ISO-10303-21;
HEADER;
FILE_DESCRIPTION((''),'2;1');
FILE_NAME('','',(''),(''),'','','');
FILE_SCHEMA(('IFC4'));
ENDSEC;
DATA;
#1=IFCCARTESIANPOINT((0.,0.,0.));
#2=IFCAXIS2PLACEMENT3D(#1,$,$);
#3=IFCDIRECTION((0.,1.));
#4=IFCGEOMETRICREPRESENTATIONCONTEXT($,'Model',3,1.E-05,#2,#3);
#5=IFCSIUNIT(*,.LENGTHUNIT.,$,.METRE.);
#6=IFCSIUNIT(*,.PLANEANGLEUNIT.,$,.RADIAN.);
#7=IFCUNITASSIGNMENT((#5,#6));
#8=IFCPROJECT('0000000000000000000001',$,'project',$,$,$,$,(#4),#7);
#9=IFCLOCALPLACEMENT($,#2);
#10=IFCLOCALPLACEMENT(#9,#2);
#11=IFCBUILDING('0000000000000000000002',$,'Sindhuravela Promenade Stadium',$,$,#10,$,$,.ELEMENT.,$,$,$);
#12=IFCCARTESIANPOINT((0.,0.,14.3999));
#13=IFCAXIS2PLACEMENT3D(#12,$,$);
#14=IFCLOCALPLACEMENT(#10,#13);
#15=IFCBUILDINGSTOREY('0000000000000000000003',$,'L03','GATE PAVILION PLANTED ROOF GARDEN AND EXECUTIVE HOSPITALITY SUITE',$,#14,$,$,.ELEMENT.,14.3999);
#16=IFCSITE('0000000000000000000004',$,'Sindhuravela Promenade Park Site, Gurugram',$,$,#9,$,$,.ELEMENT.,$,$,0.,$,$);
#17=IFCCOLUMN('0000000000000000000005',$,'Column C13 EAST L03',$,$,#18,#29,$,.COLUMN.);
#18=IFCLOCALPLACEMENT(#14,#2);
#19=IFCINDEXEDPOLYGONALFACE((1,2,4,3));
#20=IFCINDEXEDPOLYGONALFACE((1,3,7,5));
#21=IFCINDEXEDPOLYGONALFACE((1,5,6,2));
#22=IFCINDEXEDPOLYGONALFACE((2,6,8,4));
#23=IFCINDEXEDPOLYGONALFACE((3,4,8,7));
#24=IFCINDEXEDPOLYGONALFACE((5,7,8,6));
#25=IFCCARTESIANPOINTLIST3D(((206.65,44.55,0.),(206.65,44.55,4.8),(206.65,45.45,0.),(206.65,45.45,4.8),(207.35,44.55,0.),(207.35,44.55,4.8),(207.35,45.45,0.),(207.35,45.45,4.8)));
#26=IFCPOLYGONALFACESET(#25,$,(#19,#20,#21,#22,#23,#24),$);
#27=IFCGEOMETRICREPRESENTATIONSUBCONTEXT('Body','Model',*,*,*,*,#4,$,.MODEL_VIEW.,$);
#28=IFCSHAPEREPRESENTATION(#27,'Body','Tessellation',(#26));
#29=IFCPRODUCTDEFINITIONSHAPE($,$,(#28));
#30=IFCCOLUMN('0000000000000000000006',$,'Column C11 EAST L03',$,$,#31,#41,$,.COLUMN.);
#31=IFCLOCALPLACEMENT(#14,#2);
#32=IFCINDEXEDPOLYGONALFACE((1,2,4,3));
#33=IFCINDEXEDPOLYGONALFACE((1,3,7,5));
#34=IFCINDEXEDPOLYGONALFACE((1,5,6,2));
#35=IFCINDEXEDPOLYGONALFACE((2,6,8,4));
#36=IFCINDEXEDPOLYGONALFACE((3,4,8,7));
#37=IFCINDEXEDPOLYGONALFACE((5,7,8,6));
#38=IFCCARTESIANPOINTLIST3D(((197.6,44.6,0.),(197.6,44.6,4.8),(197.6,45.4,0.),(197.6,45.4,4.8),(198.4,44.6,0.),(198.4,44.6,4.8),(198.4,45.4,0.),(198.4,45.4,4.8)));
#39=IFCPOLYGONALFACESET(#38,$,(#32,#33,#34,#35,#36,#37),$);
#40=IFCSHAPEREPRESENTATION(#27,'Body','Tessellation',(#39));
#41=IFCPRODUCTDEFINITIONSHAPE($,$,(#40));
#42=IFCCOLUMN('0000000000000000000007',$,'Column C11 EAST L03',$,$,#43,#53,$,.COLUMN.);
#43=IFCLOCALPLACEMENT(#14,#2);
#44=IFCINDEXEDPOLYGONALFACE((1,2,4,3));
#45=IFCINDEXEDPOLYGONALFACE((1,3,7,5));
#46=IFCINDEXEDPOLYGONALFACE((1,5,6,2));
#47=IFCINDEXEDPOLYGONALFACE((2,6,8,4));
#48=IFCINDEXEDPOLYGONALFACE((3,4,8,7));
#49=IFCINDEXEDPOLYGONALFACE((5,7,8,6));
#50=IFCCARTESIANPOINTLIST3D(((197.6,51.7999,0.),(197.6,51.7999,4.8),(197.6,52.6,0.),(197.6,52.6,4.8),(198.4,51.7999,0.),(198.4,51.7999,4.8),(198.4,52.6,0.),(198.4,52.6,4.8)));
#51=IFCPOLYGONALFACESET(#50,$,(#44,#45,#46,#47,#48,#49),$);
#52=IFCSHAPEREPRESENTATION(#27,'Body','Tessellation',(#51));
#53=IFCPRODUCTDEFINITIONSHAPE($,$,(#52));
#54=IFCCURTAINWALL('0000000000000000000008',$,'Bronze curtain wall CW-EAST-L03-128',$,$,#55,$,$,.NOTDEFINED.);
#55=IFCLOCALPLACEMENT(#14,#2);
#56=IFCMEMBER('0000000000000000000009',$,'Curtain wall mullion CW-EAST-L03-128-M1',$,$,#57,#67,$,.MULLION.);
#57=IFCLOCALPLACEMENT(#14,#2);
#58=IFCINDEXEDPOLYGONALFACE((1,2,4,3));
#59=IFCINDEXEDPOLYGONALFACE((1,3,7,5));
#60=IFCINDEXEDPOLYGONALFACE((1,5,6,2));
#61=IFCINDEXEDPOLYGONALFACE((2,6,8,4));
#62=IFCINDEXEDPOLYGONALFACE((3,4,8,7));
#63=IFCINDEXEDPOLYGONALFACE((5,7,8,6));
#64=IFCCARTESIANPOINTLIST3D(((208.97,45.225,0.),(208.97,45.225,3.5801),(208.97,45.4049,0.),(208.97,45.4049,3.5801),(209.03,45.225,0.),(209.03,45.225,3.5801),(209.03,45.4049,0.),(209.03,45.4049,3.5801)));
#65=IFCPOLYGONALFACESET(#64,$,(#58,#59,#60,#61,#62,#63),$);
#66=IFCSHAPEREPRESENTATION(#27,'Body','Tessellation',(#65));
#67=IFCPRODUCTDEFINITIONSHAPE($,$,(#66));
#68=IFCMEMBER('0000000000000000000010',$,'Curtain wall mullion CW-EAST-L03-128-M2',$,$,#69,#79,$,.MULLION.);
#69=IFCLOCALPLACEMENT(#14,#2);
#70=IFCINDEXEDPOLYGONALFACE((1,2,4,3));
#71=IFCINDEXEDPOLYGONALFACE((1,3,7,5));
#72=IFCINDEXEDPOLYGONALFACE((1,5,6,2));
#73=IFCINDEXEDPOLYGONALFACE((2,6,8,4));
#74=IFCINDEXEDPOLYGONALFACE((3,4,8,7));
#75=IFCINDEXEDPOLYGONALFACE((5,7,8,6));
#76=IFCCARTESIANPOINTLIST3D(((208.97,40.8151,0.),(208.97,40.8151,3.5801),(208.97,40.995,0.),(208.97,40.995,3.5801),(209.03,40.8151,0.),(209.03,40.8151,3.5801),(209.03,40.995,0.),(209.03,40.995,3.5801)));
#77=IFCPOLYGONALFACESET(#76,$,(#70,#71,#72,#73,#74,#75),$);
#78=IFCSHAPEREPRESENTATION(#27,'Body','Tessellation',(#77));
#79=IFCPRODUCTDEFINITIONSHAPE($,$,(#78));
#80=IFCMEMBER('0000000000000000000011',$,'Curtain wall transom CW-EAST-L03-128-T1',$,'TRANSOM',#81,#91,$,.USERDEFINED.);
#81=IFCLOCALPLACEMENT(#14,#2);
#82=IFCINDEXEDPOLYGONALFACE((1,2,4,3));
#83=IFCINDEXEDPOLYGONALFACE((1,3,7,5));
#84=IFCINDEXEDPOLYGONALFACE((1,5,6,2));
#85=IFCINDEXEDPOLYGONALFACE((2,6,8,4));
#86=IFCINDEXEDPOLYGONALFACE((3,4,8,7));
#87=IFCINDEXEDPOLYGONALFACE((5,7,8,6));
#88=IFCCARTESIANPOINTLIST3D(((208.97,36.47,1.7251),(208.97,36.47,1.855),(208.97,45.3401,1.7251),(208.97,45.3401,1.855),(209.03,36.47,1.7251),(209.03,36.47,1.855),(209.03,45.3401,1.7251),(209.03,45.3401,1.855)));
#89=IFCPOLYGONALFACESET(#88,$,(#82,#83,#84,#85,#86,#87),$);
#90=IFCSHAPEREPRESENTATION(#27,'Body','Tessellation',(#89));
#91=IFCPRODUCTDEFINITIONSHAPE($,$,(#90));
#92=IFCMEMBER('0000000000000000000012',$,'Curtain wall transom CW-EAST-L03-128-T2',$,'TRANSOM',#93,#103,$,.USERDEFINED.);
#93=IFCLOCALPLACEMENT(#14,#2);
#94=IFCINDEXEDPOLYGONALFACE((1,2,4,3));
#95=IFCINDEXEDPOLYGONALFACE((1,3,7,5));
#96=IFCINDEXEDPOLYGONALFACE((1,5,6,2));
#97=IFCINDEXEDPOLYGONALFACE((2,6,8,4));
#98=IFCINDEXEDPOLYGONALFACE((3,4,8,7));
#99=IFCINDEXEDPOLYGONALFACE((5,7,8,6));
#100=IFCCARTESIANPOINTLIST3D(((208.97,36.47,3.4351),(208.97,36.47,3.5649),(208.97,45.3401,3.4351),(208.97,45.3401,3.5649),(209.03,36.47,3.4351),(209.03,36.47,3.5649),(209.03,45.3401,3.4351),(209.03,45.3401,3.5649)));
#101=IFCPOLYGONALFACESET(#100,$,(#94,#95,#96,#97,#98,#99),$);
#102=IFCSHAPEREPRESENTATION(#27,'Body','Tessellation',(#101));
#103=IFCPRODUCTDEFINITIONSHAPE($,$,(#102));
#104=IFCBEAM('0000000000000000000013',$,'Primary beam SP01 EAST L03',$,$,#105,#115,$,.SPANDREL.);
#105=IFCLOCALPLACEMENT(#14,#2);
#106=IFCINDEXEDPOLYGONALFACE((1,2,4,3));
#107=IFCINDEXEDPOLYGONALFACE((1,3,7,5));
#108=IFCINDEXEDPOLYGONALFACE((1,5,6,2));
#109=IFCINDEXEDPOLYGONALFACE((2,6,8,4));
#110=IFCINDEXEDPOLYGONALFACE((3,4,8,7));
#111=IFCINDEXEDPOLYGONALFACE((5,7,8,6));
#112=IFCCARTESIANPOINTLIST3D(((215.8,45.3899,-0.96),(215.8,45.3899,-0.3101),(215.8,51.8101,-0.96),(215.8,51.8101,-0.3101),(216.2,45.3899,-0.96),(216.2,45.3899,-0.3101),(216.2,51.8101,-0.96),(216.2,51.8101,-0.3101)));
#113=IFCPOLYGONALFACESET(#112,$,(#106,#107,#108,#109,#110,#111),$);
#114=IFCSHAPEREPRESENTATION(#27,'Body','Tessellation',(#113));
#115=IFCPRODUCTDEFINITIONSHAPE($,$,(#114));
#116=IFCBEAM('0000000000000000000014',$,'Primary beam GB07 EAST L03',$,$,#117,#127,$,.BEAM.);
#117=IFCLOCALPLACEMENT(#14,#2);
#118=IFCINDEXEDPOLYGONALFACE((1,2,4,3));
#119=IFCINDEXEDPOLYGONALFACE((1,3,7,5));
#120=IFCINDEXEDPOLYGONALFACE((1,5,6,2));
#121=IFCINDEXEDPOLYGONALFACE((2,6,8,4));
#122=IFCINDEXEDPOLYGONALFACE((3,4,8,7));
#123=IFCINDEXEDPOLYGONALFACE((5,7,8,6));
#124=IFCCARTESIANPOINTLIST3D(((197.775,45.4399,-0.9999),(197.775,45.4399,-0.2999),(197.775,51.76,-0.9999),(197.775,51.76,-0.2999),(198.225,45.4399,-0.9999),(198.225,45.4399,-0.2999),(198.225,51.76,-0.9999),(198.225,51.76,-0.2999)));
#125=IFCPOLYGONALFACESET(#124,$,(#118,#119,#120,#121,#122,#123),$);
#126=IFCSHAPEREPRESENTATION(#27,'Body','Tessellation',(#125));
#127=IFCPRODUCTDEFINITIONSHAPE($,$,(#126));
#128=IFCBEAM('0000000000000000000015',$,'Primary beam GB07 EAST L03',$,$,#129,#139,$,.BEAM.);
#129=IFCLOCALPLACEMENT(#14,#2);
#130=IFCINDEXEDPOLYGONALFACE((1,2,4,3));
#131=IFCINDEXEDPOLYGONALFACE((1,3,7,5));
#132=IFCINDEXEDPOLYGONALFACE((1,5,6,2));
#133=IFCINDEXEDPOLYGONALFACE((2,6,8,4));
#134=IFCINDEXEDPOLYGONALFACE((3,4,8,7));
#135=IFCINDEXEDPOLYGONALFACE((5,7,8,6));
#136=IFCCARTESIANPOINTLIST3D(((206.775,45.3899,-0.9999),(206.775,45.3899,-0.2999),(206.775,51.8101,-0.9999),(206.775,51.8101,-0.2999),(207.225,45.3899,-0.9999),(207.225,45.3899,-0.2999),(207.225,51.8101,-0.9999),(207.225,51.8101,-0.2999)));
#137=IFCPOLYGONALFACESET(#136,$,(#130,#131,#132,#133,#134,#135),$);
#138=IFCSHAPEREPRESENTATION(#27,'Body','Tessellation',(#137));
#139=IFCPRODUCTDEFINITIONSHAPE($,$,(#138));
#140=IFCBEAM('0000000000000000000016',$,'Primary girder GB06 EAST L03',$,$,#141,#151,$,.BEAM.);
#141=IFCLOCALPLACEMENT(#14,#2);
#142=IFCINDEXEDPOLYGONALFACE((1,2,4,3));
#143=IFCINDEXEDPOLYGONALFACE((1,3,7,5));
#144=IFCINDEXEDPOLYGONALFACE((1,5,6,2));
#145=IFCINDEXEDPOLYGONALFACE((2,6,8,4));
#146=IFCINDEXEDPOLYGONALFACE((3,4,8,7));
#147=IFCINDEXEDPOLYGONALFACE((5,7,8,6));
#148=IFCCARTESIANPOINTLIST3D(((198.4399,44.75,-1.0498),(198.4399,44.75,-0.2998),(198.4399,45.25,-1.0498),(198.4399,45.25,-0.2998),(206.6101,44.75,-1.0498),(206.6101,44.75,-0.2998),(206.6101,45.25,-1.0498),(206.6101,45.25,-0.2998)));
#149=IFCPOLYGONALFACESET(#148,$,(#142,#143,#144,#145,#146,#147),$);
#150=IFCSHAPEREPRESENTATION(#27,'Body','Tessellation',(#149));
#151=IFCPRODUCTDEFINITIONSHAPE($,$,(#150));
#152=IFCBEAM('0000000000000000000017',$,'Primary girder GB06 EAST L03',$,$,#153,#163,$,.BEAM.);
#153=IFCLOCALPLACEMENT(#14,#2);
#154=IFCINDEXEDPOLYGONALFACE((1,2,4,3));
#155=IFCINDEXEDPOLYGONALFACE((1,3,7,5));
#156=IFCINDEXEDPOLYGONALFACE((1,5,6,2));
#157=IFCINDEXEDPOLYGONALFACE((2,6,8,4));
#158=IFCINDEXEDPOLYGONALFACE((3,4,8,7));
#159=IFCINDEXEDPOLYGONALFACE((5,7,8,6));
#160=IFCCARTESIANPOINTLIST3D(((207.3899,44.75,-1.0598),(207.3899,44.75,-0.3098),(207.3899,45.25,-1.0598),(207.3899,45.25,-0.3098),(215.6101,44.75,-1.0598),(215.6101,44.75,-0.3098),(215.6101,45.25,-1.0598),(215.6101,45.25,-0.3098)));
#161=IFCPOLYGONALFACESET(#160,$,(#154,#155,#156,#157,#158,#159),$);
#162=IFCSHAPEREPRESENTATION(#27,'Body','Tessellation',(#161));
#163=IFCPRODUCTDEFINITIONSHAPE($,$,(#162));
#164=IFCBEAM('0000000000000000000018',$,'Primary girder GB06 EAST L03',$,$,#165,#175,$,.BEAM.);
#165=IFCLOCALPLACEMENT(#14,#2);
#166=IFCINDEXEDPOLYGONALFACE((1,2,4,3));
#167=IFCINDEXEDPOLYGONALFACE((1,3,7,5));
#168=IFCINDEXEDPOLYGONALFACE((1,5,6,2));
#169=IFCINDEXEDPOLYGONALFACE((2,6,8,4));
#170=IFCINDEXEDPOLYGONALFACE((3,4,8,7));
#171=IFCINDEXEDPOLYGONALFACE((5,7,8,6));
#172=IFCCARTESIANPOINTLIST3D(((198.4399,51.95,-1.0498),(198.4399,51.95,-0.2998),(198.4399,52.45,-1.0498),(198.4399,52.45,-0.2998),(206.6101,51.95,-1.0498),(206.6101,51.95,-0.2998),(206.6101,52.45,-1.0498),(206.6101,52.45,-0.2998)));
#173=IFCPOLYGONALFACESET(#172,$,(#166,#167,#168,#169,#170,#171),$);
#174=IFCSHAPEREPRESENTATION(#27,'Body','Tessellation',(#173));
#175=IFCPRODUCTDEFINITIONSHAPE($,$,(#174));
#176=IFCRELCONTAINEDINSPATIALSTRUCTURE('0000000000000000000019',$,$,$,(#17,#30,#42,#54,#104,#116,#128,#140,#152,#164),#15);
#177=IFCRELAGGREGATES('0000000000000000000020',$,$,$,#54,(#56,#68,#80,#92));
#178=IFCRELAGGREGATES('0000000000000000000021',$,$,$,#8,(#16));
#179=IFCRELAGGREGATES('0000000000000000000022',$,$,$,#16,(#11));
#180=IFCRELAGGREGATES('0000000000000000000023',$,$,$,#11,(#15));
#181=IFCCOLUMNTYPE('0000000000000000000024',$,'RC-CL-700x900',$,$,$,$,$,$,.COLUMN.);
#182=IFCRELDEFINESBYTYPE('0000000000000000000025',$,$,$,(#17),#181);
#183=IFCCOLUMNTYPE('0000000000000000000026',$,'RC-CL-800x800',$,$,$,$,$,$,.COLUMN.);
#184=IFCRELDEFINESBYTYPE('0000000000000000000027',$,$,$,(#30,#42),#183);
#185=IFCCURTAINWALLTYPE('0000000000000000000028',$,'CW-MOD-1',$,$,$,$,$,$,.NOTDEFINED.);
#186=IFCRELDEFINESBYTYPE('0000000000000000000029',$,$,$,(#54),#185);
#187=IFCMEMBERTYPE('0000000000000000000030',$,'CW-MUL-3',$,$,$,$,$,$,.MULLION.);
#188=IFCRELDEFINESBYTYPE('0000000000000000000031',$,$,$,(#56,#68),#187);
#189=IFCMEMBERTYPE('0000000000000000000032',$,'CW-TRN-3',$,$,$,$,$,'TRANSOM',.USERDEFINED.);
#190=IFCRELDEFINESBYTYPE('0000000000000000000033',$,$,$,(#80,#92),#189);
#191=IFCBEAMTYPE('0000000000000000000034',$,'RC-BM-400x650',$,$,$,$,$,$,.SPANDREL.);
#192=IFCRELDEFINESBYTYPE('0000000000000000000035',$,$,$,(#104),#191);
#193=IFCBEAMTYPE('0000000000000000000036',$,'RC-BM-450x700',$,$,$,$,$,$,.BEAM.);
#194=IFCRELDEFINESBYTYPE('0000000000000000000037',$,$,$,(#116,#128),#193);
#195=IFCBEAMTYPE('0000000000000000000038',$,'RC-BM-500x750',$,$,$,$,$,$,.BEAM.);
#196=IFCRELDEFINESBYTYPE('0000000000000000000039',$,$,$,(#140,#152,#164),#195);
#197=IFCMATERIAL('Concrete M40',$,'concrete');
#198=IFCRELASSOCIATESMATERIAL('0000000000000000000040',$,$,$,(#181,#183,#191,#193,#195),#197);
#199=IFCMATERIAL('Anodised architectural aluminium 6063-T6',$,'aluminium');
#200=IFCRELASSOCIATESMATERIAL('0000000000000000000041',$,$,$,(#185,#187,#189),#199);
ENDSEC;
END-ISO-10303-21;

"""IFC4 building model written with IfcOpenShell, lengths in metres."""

from ifc_helpers import new_model, si_unit, direction, frame, origin, origin_2d, place, context, subcontext, project, spatial, rectangle, extrude, material, material_profile, profile_set, type_object, element, aggregate, save


model = new_model("IFC4")

# Units and contexts
model_context = context("Model", 3, precision=1e-05, world=origin(), true_north=direction((0.0, 1.0)))
body_context = subcontext(model_context, "Body", "Model", "MODEL_VIEW")
ifc_project = project(units=[si_unit("LENGTHUNIT", "METRE"), si_unit("PLANEANGLEUNIT", "RADIAN")], contexts=[model_context])

# Site, building, storey
site_placement = place(None, origin())
site = spatial("IfcSite", under=ifc_project, at=site_placement, Name="Sindhuravela Promenade Park Site, Gurugram", CompositionType="ELEMENT", RefElevation=0.0)
building_placement = place(site_placement, origin())
building = spatial("IfcBuilding", under=site, at=building_placement, Name="Sindhuravela Promenade Stadium", CompositionType="ELEMENT")
storey_placement = place(building_placement, frame((0.0, 0.0, 14.3999)))
storey = spatial("IfcBuildingStorey", under=building, at=storey_placement, Name="L03", Description="GATE PAVILION PLANTED ROOF GARDEN AND EXECUTIVE HOSPITALITY SUITE", CompositionType="ELEMENT", Elevation=14.3999)

# Columns
ifc_material_1 = material(Name="Concrete M40", Category="concrete")
ifc_material_profile_1 = material_profile(ifc_material_1, rectangle(XDim=0.7, YDim=0.8999, at=origin_2d()), Name="RC 700x900")
ifc_profile_set_1 = profile_set([ifc_material_profile_1], Name="Concrete M40")
column_type_1 = type_object("IfcColumnType", Name="RC-CL-700x900", PredefinedType="COLUMN", material=ifc_profile_set_1)
column_placement = place(storey_placement, frame((207.0, 45.0, 0.0), z_axis=(0.0, 0.0, 1.0), x_axis=(1.0, 0.0, 0.0)))
element("IfcColumn", 1, at=column_placement, inside=storey, type_object=column_type_1, Name="Column C13 EAST L03", PredefinedType="COLUMN", context=body_context, shape_type="SweptSolid", body=[
    extrude(rectangle(XDim=0.7, YDim=0.8999, at=origin_2d()), origin(), (0.0, 0.0, 1.0), 4.8),
])
ifc_material_profile_2 = material_profile(ifc_material_1, rectangle(XDim=0.8, YDim=0.8, at=origin_2d()), Name="RC 800x800")
ifc_profile_set_2 = profile_set([ifc_material_profile_2], Name="Concrete M40")
column_type_2 = type_object("IfcColumnType", Name="RC-CL-800x800", PredefinedType="COLUMN", material=ifc_profile_set_2)
for number, where, z_axis, x_axis, name in (
    (2, (198.0, 45.0, 0.0), (0.0, 0.0, 1.0), (1.0, 0.0, 0.0), "Column C11 EAST L03"),
    (3, (198.0, 52.2, 0.0), (0.0, 0.0, 1.0), (1.0, 0.0, 0.0), "Column C11 EAST L03"),
):
    element("IfcColumn", number, at=place(storey_placement, frame(where, z_axis=z_axis, x_axis=x_axis)), inside=storey, type_object=column_type_2, Name=name, PredefinedType="COLUMN", context=body_context, shape_type="SweptSolid", body=[
        extrude(rectangle(XDim=0.8, YDim=0.8, at=origin_2d()), origin(), (0.0, 0.0, 1.0), 4.8),
    ])

# Curtain wall, members
ifc_material_2 = material(Name="Anodised architectural aluminium 6063-T6", Category="aluminium")
curtain_wall_type = type_object("IfcCurtainWallType", Name="CW-MOD-1", PredefinedType="NOTDEFINED", material=ifc_material_2)
curtain_wall_placement = place(storey_placement, origin())
curtain_wall = element("IfcCurtainWall", 4, at=curtain_wall_placement, inside=storey, type_object=curtain_wall_type, Name="Bronze curtain wall CW-EAST-L03-128", PredefinedType="NOTDEFINED")
ifc_material_profile_3 = material_profile(ifc_material_2, rectangle(XDim=0.0601, YDim=0.1799, at=origin_2d()), Name="ALU M60x180")
ifc_profile_set_3 = profile_set([ifc_material_profile_3], Name="Anodised architectural aluminium 6063-T6")
member_type_1 = type_object("IfcMemberType", Name="CW-MUL-3", PredefinedType="MULLION", material=ifc_profile_set_3)
member_1_placement = place(storey_placement, frame((209.0, 45.3149, 0.0), z_axis=(0.0, 0.0, 1.0), x_axis=(1.0, 0.0, 0.0)))
member_1 = element("IfcMember", 5, at=member_1_placement, type_object=member_type_1, Name="Curtain wall mullion CW-EAST-L03-128-M1", PredefinedType="MULLION", context=body_context, shape_type="SweptSolid", body=[
    extrude(rectangle(XDim=0.0601, YDim=0.1799, at=origin_2d()), origin(), (0.0, 0.0, 1.0), 3.5801),
])
member_2_placement = place(storey_placement, frame((209.0, 40.905, 0.0), z_axis=(0.0, 0.0, 1.0), x_axis=(1.0, 0.0, 0.0)))
member_2 = element("IfcMember", 6, at=member_2_placement, type_object=member_type_1, Name="Curtain wall mullion CW-EAST-L03-128-M2", PredefinedType="MULLION", context=body_context, shape_type="SweptSolid", body=[
    extrude(rectangle(XDim=0.0601, YDim=0.1799, at=origin_2d()), origin(), (0.0, 0.0, 1.0), 3.5801),
])
ifc_material_profile_4 = material_profile(ifc_material_2, rectangle(XDim=0.0601, YDim=0.1299, at=origin_2d()), Name="ALU T60x130")
ifc_profile_set_4 = profile_set([ifc_material_profile_4], Name="Anodised architectural aluminium 6063-T6")
member_type_2 = type_object("IfcMemberType", Name="CW-TRN-3", ElementType="TRANSOM", PredefinedType="USERDEFINED", material=ifc_profile_set_4)
member_3_placement = place(storey_placement, frame((209.0, 45.3401, 1.79), z_axis=(0.0, -1.0, 0.0), x_axis=(1.0, 0.0, 0.0)))
member_3 = element("IfcMember", 7, at=member_3_placement, type_object=member_type_2, Name="Curtain wall transom CW-EAST-L03-128-T1", ObjectType="TRANSOM", PredefinedType="USERDEFINED", context=body_context, shape_type="SweptSolid", body=[
    extrude(rectangle(XDim=0.0601, YDim=0.1299, at=origin_2d()), origin(), (0.0, 0.0, 1.0), 8.8701),
])
member_4_placement = place(storey_placement, frame((209.0, 45.3401, 3.5), z_axis=(0.0, -1.0, 0.0), x_axis=(1.0, 0.0, 0.0)))
member_4 = element("IfcMember", 8, at=member_4_placement, type_object=member_type_2, Name="Curtain wall transom CW-EAST-L03-128-T2", ObjectType="TRANSOM", PredefinedType="USERDEFINED", context=body_context, shape_type="SweptSolid", body=[
    extrude(rectangle(XDim=0.0601, YDim=0.1299, at=origin_2d()), origin(), (0.0, 0.0, 1.0), 8.8701),
])

# Beams
ifc_material_profile_5 = material_profile(ifc_material_1, rectangle(XDim=0.3999, YDim=0.6499, at=origin_2d()), Name="RC 400x650")
ifc_profile_set_5 = profile_set([ifc_material_profile_5], Name="Concrete M40")
beam_type_1 = type_object("IfcBeamType", Name="RC-BM-400x650", PredefinedType="SPANDREL", material=ifc_profile_set_5)
beam_1_placement = place(storey_placement, frame((216.0, 45.3899, -0.635), z_axis=(0.0, 1.0, 0.0), x_axis=(-1.0, 0.0, 0.0)))
element("IfcBeam", 9, at=beam_1_placement, inside=storey, type_object=beam_type_1, Name="Primary beam SP01 EAST L03", PredefinedType="SPANDREL", context=body_context, shape_type="SweptSolid", body=[
    extrude(rectangle(XDim=0.3999, YDim=0.6499, at=origin_2d()), origin(), (0.0, 0.0, 1.0), 6.4202),
])
ifc_material_profile_6 = material_profile(ifc_material_1, rectangle(XDim=0.45, YDim=0.7, at=origin_2d()), Name="RC 450x700")
ifc_profile_set_6 = profile_set([ifc_material_profile_6], Name="Concrete M40")
beam_type_2 = type_object("IfcBeamType", Name="RC-BM-450x700", PredefinedType="BEAM", material=ifc_profile_set_6)
beam_2_placement = place(storey_placement, frame((198.0, 45.4399, -0.6499), z_axis=(0.0, 1.0, 0.0), x_axis=(-1.0, 0.0, 0.0)))
element("IfcBeam", 10, at=beam_2_placement, inside=storey, type_object=beam_type_2, Name="Primary beam GB07 EAST L03", PredefinedType="BEAM", context=body_context, shape_type="SweptSolid", body=[
    extrude(rectangle(XDim=0.45, YDim=0.7, at=origin_2d()), origin(), (0.0, 0.0, 1.0), 6.3201),
])
beam_3_placement = place(storey_placement, frame((207.0, 45.3899, -0.6499), z_axis=(0.0, 1.0, 0.0), x_axis=(-1.0, 0.0, 0.0)))
element("IfcBeam", 11, at=beam_3_placement, inside=storey, type_object=beam_type_2, Name="Primary beam GB07 EAST L03", PredefinedType="BEAM", context=body_context, shape_type="SweptSolid", body=[
    extrude(rectangle(XDim=0.45, YDim=0.7, at=origin_2d()), origin(), (0.0, 0.0, 1.0), 6.4202),
])
ifc_material_profile_7 = material_profile(ifc_material_1, rectangle(XDim=0.5, YDim=0.75, at=origin_2d()), Name="RC 500x750")
ifc_profile_set_7 = profile_set([ifc_material_profile_7], Name="Concrete M40")
beam_type_3 = type_object("IfcBeamType", Name="RC-BM-500x750", PredefinedType="BEAM", material=ifc_profile_set_7)
beam_4_placement = place(storey_placement, frame((198.4399, 45.0, -0.6748), z_axis=(1.0, 0.0, 0.0), x_axis=(0.0, 1.0, 0.0)))
element("IfcBeam", 12, at=beam_4_placement, inside=storey, type_object=beam_type_3, Name="Primary girder GB06 EAST L03", PredefinedType="BEAM", context=body_context, shape_type="SweptSolid", body=[
    extrude(rectangle(XDim=0.5, YDim=0.75, at=origin_2d()), origin(), (0.0, 0.0, 1.0), 8.1702),
])
beam_5_placement = place(storey_placement, frame((207.3899, 45.0, -0.6848), z_axis=(1.0, 0.0, 0.0), x_axis=(0.0, 1.0, 0.0)))
element("IfcBeam", 13, at=beam_5_placement, inside=storey, type_object=beam_type_3, Name="Primary girder GB06 EAST L03", PredefinedType="BEAM", context=body_context, shape_type="SweptSolid", body=[
    extrude(rectangle(XDim=0.5, YDim=0.75, at=origin_2d()), origin(), (0.0, 0.0, 1.0), 8.2202),
])
beam_6_placement = place(storey_placement, frame((198.4399, 52.2, -0.6748), z_axis=(1.0, 0.0, 0.0), x_axis=(0.0, 1.0, 0.0)))
element("IfcBeam", 14, at=beam_6_placement, inside=storey, type_object=beam_type_3, Name="Primary girder GB06 EAST L03", PredefinedType="BEAM", context=body_context, shape_type="SweptSolid", body=[
    extrude(rectangle(XDim=0.5, YDim=0.75, at=origin_2d()), origin(), (0.0, 0.0, 1.0), 8.1702),
])

aggregate(curtain_wall, [member_1, member_2, member_3, member_4])

save(model, "model.ifc")
